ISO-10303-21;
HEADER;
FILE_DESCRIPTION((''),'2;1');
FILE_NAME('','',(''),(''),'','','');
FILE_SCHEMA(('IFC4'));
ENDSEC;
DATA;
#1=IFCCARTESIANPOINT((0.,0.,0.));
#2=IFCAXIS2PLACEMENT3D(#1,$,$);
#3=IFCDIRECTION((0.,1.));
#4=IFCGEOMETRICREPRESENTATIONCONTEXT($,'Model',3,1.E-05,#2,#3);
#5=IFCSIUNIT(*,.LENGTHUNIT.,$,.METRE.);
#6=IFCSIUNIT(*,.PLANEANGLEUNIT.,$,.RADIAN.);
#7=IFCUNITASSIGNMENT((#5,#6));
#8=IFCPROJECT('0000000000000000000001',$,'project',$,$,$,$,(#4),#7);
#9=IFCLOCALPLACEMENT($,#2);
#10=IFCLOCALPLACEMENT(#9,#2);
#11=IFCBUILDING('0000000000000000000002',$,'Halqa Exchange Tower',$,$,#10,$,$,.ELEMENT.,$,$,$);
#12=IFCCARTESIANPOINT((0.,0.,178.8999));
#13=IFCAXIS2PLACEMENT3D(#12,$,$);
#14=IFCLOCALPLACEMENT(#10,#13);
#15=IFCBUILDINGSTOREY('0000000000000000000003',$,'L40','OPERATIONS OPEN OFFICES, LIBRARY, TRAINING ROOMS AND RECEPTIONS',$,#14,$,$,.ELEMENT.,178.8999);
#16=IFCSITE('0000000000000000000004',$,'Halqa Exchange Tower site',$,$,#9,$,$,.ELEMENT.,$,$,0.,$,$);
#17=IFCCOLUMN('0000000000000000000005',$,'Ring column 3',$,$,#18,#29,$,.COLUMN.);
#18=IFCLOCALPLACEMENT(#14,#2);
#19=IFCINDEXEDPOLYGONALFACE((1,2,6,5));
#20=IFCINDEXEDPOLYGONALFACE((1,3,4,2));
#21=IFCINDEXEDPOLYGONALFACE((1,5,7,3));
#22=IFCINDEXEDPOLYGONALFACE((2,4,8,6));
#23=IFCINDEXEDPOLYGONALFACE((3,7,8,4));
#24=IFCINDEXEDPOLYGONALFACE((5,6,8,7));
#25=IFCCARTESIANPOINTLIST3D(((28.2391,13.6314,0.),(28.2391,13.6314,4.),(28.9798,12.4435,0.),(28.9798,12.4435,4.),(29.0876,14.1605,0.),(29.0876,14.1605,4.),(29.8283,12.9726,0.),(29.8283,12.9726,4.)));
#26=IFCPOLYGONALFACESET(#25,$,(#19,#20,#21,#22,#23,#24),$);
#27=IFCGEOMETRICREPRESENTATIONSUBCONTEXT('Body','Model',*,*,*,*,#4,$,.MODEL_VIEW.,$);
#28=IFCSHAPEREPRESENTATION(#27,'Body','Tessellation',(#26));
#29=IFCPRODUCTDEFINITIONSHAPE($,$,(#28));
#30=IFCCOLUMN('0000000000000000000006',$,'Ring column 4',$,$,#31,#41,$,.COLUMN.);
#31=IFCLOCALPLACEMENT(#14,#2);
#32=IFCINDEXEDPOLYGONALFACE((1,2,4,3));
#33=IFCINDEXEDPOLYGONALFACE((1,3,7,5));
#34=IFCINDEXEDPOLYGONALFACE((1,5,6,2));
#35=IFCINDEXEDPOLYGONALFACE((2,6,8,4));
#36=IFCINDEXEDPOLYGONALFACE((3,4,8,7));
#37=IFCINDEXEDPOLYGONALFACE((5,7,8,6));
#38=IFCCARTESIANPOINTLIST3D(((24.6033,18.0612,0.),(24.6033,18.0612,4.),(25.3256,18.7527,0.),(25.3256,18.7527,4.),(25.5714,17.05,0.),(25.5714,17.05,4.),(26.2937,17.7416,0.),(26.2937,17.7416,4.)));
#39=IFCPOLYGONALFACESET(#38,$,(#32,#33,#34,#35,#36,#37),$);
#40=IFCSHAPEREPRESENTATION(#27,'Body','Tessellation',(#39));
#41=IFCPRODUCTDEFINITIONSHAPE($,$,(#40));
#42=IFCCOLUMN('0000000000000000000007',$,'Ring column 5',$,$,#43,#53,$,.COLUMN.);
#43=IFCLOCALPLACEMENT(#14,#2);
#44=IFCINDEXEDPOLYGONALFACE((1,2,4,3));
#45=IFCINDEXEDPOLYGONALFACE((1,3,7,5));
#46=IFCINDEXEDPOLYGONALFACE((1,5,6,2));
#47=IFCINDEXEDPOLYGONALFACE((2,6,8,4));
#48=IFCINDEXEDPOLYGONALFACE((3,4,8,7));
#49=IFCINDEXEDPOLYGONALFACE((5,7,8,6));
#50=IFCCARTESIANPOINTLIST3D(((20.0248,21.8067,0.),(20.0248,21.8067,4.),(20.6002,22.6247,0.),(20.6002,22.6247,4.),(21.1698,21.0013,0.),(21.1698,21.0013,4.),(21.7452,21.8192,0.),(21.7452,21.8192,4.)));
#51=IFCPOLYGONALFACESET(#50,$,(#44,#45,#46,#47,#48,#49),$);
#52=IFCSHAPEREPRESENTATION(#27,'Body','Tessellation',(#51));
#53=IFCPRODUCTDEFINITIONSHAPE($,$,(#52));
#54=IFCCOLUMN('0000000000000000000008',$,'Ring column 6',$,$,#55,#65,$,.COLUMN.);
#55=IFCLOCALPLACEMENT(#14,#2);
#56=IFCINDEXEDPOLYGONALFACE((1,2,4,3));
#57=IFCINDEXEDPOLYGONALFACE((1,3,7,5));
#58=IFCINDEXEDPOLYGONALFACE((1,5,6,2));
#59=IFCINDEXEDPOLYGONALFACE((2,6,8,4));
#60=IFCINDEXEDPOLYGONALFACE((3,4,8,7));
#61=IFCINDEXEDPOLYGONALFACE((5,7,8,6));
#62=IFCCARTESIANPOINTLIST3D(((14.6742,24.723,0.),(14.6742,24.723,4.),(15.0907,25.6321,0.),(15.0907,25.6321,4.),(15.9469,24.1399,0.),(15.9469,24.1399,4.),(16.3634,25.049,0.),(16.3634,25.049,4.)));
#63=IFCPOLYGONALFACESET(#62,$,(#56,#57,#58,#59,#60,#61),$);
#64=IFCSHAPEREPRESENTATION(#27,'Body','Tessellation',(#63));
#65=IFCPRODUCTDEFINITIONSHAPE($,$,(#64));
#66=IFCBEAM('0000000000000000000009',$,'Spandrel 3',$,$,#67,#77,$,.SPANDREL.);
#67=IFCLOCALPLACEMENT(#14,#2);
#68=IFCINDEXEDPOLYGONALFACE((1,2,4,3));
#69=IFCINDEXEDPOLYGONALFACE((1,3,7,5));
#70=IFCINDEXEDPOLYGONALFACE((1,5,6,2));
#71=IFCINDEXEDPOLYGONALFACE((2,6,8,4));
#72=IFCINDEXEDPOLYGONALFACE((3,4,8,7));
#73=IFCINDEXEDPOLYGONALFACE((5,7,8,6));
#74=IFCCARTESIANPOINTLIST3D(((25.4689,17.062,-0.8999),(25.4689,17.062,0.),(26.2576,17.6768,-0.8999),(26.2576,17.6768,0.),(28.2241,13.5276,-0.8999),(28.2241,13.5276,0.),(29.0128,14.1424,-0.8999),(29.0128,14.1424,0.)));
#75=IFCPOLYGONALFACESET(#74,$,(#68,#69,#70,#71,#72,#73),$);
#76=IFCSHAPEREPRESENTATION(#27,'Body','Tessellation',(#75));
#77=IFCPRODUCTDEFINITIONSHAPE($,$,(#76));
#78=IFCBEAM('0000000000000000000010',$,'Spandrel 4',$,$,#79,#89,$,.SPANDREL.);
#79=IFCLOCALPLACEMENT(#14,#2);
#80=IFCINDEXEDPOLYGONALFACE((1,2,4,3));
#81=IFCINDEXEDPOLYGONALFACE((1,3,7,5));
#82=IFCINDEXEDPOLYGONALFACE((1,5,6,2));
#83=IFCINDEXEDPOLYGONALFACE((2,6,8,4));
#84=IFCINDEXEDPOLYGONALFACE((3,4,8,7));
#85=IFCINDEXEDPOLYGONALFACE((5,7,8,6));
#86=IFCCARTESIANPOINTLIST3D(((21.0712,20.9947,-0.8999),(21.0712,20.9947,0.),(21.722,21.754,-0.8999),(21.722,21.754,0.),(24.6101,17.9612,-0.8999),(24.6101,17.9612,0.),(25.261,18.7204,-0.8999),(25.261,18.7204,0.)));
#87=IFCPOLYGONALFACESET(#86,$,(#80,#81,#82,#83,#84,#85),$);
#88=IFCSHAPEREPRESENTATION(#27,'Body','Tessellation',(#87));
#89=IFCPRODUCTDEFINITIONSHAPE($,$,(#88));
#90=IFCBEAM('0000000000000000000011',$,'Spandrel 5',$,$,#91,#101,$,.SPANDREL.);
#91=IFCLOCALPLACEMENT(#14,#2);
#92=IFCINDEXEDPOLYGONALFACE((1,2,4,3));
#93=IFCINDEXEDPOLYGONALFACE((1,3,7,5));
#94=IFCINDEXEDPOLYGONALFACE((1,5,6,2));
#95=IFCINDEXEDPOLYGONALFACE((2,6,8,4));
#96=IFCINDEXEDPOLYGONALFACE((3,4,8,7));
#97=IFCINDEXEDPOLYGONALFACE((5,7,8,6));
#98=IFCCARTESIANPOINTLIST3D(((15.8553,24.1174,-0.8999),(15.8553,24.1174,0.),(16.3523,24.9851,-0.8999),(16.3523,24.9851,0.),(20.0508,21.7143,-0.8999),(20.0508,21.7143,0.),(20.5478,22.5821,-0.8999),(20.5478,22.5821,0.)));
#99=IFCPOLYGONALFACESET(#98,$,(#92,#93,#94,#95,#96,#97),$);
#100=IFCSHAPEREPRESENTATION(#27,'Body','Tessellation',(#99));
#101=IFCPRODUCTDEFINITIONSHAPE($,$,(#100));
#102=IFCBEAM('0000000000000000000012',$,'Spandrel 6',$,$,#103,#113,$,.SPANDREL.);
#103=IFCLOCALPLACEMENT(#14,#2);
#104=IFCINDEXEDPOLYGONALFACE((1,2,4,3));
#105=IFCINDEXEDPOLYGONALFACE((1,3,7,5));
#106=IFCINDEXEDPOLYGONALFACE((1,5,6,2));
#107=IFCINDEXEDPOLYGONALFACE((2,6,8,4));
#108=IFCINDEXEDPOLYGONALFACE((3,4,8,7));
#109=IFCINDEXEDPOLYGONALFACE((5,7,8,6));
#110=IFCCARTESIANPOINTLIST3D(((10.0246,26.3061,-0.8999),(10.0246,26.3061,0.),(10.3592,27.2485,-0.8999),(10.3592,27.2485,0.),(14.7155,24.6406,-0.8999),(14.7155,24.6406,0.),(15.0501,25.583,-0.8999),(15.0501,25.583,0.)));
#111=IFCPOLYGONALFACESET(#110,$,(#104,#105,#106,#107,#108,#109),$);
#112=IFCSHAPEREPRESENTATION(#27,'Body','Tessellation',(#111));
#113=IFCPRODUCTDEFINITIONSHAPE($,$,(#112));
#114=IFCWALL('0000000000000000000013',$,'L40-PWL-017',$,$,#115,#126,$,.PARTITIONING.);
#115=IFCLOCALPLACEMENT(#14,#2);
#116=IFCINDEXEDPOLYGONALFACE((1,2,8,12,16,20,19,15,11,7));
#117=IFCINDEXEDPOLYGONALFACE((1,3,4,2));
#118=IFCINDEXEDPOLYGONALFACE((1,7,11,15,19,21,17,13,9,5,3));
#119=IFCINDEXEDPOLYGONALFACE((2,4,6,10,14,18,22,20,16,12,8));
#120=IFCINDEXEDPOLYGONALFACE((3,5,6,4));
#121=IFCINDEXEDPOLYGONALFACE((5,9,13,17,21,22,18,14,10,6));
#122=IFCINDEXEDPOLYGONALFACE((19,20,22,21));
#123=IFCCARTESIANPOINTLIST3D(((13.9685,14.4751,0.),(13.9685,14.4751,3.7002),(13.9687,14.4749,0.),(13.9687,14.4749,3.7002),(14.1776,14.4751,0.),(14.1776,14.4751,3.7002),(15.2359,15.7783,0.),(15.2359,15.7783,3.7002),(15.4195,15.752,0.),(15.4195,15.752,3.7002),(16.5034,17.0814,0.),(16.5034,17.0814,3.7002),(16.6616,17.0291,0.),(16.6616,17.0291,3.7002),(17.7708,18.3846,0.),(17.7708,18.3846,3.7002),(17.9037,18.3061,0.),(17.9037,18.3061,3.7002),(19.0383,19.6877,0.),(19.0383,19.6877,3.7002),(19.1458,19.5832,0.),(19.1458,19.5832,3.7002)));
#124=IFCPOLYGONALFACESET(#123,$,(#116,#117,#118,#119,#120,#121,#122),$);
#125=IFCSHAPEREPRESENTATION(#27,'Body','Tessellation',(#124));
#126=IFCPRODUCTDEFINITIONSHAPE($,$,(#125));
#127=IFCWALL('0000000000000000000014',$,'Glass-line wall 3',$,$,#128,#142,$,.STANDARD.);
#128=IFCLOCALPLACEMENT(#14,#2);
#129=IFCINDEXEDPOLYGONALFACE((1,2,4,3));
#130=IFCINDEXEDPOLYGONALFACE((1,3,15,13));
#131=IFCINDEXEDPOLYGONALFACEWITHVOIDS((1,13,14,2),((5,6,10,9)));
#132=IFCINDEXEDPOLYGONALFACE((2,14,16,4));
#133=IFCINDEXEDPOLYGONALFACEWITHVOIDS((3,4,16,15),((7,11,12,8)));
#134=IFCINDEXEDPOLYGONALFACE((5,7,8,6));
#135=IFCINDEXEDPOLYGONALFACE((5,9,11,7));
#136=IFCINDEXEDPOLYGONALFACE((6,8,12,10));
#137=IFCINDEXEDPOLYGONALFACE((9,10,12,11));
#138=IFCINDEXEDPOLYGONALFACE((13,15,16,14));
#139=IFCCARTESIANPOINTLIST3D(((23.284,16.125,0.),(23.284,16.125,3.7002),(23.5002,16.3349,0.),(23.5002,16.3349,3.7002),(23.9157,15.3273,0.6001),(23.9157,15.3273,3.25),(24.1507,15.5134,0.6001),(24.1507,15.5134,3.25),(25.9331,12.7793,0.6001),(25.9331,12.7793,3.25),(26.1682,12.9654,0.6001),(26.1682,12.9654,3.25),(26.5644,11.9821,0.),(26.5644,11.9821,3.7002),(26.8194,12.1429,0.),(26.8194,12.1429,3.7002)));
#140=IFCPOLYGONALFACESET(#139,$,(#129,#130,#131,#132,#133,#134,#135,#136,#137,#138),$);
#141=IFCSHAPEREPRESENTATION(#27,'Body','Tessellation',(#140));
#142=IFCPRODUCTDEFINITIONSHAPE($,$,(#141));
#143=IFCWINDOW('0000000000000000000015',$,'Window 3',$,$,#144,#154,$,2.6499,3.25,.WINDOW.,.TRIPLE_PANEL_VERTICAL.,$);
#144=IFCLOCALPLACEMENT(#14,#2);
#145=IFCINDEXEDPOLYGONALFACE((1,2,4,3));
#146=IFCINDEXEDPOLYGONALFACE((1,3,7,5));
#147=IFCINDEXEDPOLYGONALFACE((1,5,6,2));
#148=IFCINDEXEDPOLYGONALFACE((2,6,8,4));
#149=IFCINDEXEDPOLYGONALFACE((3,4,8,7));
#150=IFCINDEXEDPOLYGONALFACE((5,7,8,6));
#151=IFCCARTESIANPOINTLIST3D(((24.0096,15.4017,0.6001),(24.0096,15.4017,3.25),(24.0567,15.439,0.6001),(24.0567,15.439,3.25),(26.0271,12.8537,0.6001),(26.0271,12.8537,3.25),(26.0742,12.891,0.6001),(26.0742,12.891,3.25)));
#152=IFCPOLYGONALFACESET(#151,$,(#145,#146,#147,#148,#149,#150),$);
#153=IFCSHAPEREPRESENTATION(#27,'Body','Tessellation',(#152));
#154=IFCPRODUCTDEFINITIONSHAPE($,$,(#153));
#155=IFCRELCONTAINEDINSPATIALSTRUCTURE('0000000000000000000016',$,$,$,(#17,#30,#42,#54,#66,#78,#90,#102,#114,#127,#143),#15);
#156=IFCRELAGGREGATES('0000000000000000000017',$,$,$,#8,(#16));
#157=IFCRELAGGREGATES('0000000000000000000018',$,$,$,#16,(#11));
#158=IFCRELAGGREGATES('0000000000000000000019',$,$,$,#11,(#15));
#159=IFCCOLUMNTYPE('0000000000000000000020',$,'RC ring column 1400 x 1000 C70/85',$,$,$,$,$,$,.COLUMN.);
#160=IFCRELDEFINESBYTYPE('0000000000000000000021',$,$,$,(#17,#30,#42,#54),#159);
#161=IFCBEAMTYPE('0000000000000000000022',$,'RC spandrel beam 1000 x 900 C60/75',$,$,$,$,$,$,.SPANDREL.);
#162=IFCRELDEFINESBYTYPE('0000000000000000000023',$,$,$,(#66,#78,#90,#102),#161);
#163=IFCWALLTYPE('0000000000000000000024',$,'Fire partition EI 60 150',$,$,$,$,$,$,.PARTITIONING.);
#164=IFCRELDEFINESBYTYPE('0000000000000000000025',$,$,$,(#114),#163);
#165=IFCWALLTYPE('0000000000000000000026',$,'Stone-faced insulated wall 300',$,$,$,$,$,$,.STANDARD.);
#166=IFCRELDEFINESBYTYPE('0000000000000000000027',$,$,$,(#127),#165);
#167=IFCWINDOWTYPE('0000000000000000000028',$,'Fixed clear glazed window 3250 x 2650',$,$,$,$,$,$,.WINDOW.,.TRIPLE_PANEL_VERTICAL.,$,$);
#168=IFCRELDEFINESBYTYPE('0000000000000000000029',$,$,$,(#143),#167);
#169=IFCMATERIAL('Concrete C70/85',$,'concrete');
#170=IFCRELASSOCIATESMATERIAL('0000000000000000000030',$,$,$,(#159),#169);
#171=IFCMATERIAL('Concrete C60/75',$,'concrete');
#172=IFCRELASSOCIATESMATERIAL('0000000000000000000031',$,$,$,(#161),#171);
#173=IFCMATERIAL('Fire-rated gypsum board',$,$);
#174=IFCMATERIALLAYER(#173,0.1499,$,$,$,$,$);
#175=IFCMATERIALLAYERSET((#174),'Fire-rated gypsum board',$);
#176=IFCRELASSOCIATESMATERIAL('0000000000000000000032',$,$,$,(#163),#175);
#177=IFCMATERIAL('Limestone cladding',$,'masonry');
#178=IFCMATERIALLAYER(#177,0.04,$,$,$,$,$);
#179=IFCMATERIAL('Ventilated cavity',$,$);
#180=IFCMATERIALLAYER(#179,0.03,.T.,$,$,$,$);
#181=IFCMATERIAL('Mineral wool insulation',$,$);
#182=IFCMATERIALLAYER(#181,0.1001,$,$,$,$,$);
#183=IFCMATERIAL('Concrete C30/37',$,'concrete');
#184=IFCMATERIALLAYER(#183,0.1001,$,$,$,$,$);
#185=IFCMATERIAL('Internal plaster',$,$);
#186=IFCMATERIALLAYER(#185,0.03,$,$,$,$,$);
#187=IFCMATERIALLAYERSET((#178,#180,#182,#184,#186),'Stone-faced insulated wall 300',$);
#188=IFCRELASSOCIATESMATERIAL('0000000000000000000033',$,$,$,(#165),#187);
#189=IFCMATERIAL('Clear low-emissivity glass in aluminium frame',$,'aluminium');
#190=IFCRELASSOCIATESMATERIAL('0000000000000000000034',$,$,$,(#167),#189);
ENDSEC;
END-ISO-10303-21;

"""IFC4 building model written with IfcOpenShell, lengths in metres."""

from ifc_helpers import new_model, si_unit, direction, frame, frame_2d, origin, origin_2d, place, context, subcontext, project, spatial, polyline, rectangle, outline, extrude, material, layer, layer_set, material_profile, profile_set, type_object, element, fill, save


model = new_model("IFC4")

# Units and contexts
model_context = context("Model", 3, precision=1e-05, world=origin(), true_north=direction((0.0, 1.0)))
body_context = subcontext(model_context, "Body", "Model", "MODEL_VIEW")
ifc_project = project(units=[si_unit("LENGTHUNIT", "METRE"), si_unit("PLANEANGLEUNIT", "RADIAN")], contexts=[model_context])

# Site, building, storey
site_placement = place(None, origin())
site = spatial("IfcSite", under=ifc_project, at=site_placement, Name="Halqa Exchange Tower site", CompositionType="ELEMENT", RefElevation=0.0)
building_placement = place(site_placement, origin())
building = spatial("IfcBuilding", under=site, at=building_placement, Name="Halqa Exchange Tower", CompositionType="ELEMENT")
storey_placement = place(building_placement, frame((0.0, 0.0, 178.8999)))
storey = spatial("IfcBuildingStorey", under=building, at=storey_placement, Name="L40", Description="OPERATIONS OPEN OFFICES, LIBRARY, TRAINING ROOMS AND RECEPTIONS", CompositionType="ELEMENT", Elevation=178.8999)

# Columns
ifc_material_1 = material(Name="Concrete C70/85", Category="concrete")
ifc_material_profile_1 = material_profile(ifc_material_1, rectangle(XDim=1.3999, YDim=1.0, at=origin_2d()), Name="1400 x 1000")
ifc_profile_set_1 = profile_set([ifc_material_profile_1], Name="Concrete C70/85")
column_type = type_object("IfcColumnType", Name="RC ring column 1400 x 1000 C70/85", PredefinedType="COLUMN", material=ifc_profile_set_1)
for number, where, z_axis, x_axis, name in (
    (1, (29.0337, 13.302, 0.0), (0.0, 0.0, 1.0), (-0.529138, 0.848536, 0.0), "Ring column 3"),
    (2, (25.4485, 17.9014, 0.0), (0.0, 0.0, 1.0), (-0.691575, 0.722305, 0.0), "Ring column 4"),
    (3, (20.885, 21.813, 0.0), (0.0, 0.0, 1.0), (-0.817912, 0.575344, 0.0), "Ring column 5"),
    (4, (15.5188, 24.886, 0.0), (0.0, 0.0, 1.0), (-0.909128, 0.416517, 0.0), "Ring column 6"),
):
    element("IfcColumn", number, at=place(storey_placement, frame(where, z_axis=z_axis, x_axis=x_axis)), inside=storey, type_object=column_type, Name=name, PredefinedType="COLUMN", context=body_context, shape_type="SweptSolid", body=[
        extrude(rectangle(XDim=1.3999, YDim=1.0, at=origin_2d()), origin(), (0.0, 0.0, 1.0), 4.0),
    ])

# Beams
ifc_material_2 = material(Name="Concrete C60/75", Category="concrete")
ifc_material_profile_2 = material_profile(ifc_material_2, rectangle(XDim=1.0, YDim=0.8999, at=origin_2d()), Name="1000 x 900")
ifc_profile_set_2 = profile_set([ifc_material_profile_2], Name="Concrete C60/75")
beam_type = type_object("IfcBeamType", Name="RC spandrel beam 1000 x 900 C60/75", PredefinedType="SPANDREL", material=ifc_profile_set_2)
beam_1_placement = place(storey_placement, frame((28.6184, 13.835, -0.45), z_axis=(-0.614793, 0.788689, 0.0), x_axis=(-0.788689, -0.614793, 0.0)))
element("IfcBeam", 5, at=beam_1_placement, inside=storey, type_object=beam_type, Name="Spandrel 3", PredefinedType="SPANDREL", context=body_context, shape_type="SweptSolid", body=[
    extrude(rectangle(XDim=1.0, YDim=0.8999, at=origin_2d()), origin(), (0.0, 0.0, 1.0), 4.4814),
])
beam_2_placement = place(storey_placement, frame((24.9355, 18.3408, -0.45), z_axis=(-0.759238, 0.650813, 0.0), x_axis=(-0.650813, -0.759238, 0.0)))
element("IfcBeam", 6, at=beam_2_placement, inside=storey, type_object=beam_type, Name="Spandrel 4", PredefinedType="SPANDREL", context=body_context, shape_type="SweptSolid", body=[
    extrude(rectangle(XDim=1.0, YDim=0.8999, at=origin_2d()), origin(), (0.0, 0.0, 1.0), 4.6611),
])
beam_3_placement = place(storey_placement, frame((20.2993, 22.1482, -0.45), z_axis=(-0.867742, 0.497014, 0.0), x_axis=(-0.497014, -0.867742, 0.0)))
element("IfcBeam", 7, at=beam_3_placement, inside=storey, type_object=beam_type, Name="Spandrel 5", PredefinedType="SPANDREL", context=body_context, shape_type="SweptSolid", body=[
    extrude(rectangle(XDim=1.0, YDim=0.8999, at=origin_2d()), origin(), (0.0, 0.0, 1.0), 4.835),
])
beam_4_placement = place(storey_placement, frame((14.8828, 25.1118, -0.45), z_axis=(-0.942364, 0.33459, 0.0), x_axis=(-0.33459, -0.942364, 0.0)))
element("IfcBeam", 8, at=beam_4_placement, inside=storey, type_object=beam_type, Name="Spandrel 6", PredefinedType="SPANDREL", context=body_context, shape_type="SweptSolid", body=[
    extrude(rectangle(XDim=1.0, YDim=0.8999, at=origin_2d()), origin(), (0.0, 0.0, 1.0), 4.9778),
])

# Wall
ifc_material_3 = material(Name="Fire-rated gypsum board")
ifc_layer_1 = layer(ifc_material_3, 0.1499)
ifc_layer_set_1 = layer_set([ifc_layer_1], Name="Fire-rated gypsum board")
wall_type_1 = type_object("IfcWallType", Name="Fire partition EI 60 150", PredefinedType="PARTITIONING", material=ifc_layer_set_1)
wall_1_placement = place(storey_placement, frame((14.0222, 14.4229, 0.0), z_axis=(0.0, 0.0, 1.0), x_axis=(0.697218, 0.716859, 0.0)))
element("IfcWall", 9, at=wall_1_placement, inside=storey, type_object=wall_type_1, Name="L40-PWL-017", PredefinedType="PARTITIONING", context=body_context, shape_type="SweptSolid", body=[
    extrude(outline(polyline([(0.0, 0.075), (0.0, 0.0747), (0.1458, -0.075), (1.927, -0.075), (3.7085, -0.075), (5.49, -0.075), (7.2715, -0.075), (7.2715, 0.075), (5.4536, 0.075), (3.6357, 0.075), (1.8179, 0.075), (0.0, 0.075)])), origin(), (0.0, 0.0, 1.0), 3.7002),
])

# Wall, opening, window
ifc_material_4 = material(Name="Limestone cladding", Category="masonry")
ifc_layer_2 = layer(ifc_material_4, 0.04)
ifc_material_5 = material(Name="Ventilated cavity")
ifc_layer_3 = layer(ifc_material_5, 0.03, ventilated=True)
ifc_material_6 = material(Name="Mineral wool insulation")
ifc_layer_4 = layer(ifc_material_6, 0.1001)
ifc_material_7 = material(Name="Concrete C30/37", Category="concrete")
ifc_layer_5 = layer(ifc_material_7, 0.1001)
ifc_material_8 = material(Name="Internal plaster")
ifc_layer_6 = layer(ifc_material_8, 0.03)
ifc_layer_set_2 = layer_set([ifc_layer_2, ifc_layer_3, ifc_layer_4, ifc_layer_5, ifc_layer_6], Name="Stone-faced insulated wall 300")
wall_type_2 = type_object("IfcWallType", Name="Stone-faced insulated wall 300", PredefinedType="STANDARD", material=ifc_layer_set_2)
wall_2_placement = place(storey_placement, frame((26.6919, 12.0625, 0.0), z_axis=(0.0, 0.0, 1.0), x_axis=(-0.620766, 0.783996, 0.0)))
wall_2 = element("IfcWall", 10, at=wall_2_placement, inside=storey, type_object=wall_type_2, Name="Glass-line wall 3", PredefinedType="STANDARD", context=body_context, shape_type="SweptSolid", body=[
    extrude(outline(polyline([(-0.0161, -0.1499), (5.3308, -0.1499), (5.3005, 0.1499), (0.0161, 0.1499), (-0.0161, -0.1499)])), origin(), (0.0, 0.0, 1.0), 3.7002),
])
opening_1_placement = place(wall_2_placement, frame((1.033, 0.0, 0.6001)))
opening_1 = element("IfcOpeningElement", 11, at=opening_1_placement, cuts=wall_2, PredefinedType="OPENING", context=body_context, shape_type="SweptSolid", body=[
    extrude(rectangle(XDim=3.25, YDim=2.6499, at=frame_2d((1.625, 1.325))), frame((0.0, 0.1621, 0.0), z_axis=(0.0, -1.0, 0.0), x_axis=(1.0, 0.0, 0.0)), (0.0, 0.0, 1.0), 0.324),
])
ifc_material_9 = material(Name="Clear low-emissivity glass in aluminium frame", Category="aluminium")
window_type = type_object("IfcWindowType", Name="Fixed clear glazed window 3250 x 2650", PartitioningType="TRIPLE_PANEL_VERTICAL", PredefinedType="WINDOW", material=ifc_material_9)
window_1_placement = place(opening_1_placement, origin())
window_1 = element("IfcWindow", 12, at=window_1_placement, inside=storey, type_object=window_type, Name="Window 3", OverallHeight=2.6499, OverallWidth=3.25, PartitioningType="TRIPLE_PANEL_VERTICAL", PredefinedType="WINDOW", context=body_context, shape_type="SweptSolid", body=[
    extrude(rectangle(XDim=3.25, YDim=2.6499, at=frame_2d((1.625, 1.325))), frame((0.0, 0.03, 0.0), z_axis=(0.0, -1.0, 0.0), x_axis=(1.0, 0.0, 0.0)), (0.0, 0.0, 1.0), 0.0601),
])
fill(opening_1, window_1)

save(model, "model.ifc")
